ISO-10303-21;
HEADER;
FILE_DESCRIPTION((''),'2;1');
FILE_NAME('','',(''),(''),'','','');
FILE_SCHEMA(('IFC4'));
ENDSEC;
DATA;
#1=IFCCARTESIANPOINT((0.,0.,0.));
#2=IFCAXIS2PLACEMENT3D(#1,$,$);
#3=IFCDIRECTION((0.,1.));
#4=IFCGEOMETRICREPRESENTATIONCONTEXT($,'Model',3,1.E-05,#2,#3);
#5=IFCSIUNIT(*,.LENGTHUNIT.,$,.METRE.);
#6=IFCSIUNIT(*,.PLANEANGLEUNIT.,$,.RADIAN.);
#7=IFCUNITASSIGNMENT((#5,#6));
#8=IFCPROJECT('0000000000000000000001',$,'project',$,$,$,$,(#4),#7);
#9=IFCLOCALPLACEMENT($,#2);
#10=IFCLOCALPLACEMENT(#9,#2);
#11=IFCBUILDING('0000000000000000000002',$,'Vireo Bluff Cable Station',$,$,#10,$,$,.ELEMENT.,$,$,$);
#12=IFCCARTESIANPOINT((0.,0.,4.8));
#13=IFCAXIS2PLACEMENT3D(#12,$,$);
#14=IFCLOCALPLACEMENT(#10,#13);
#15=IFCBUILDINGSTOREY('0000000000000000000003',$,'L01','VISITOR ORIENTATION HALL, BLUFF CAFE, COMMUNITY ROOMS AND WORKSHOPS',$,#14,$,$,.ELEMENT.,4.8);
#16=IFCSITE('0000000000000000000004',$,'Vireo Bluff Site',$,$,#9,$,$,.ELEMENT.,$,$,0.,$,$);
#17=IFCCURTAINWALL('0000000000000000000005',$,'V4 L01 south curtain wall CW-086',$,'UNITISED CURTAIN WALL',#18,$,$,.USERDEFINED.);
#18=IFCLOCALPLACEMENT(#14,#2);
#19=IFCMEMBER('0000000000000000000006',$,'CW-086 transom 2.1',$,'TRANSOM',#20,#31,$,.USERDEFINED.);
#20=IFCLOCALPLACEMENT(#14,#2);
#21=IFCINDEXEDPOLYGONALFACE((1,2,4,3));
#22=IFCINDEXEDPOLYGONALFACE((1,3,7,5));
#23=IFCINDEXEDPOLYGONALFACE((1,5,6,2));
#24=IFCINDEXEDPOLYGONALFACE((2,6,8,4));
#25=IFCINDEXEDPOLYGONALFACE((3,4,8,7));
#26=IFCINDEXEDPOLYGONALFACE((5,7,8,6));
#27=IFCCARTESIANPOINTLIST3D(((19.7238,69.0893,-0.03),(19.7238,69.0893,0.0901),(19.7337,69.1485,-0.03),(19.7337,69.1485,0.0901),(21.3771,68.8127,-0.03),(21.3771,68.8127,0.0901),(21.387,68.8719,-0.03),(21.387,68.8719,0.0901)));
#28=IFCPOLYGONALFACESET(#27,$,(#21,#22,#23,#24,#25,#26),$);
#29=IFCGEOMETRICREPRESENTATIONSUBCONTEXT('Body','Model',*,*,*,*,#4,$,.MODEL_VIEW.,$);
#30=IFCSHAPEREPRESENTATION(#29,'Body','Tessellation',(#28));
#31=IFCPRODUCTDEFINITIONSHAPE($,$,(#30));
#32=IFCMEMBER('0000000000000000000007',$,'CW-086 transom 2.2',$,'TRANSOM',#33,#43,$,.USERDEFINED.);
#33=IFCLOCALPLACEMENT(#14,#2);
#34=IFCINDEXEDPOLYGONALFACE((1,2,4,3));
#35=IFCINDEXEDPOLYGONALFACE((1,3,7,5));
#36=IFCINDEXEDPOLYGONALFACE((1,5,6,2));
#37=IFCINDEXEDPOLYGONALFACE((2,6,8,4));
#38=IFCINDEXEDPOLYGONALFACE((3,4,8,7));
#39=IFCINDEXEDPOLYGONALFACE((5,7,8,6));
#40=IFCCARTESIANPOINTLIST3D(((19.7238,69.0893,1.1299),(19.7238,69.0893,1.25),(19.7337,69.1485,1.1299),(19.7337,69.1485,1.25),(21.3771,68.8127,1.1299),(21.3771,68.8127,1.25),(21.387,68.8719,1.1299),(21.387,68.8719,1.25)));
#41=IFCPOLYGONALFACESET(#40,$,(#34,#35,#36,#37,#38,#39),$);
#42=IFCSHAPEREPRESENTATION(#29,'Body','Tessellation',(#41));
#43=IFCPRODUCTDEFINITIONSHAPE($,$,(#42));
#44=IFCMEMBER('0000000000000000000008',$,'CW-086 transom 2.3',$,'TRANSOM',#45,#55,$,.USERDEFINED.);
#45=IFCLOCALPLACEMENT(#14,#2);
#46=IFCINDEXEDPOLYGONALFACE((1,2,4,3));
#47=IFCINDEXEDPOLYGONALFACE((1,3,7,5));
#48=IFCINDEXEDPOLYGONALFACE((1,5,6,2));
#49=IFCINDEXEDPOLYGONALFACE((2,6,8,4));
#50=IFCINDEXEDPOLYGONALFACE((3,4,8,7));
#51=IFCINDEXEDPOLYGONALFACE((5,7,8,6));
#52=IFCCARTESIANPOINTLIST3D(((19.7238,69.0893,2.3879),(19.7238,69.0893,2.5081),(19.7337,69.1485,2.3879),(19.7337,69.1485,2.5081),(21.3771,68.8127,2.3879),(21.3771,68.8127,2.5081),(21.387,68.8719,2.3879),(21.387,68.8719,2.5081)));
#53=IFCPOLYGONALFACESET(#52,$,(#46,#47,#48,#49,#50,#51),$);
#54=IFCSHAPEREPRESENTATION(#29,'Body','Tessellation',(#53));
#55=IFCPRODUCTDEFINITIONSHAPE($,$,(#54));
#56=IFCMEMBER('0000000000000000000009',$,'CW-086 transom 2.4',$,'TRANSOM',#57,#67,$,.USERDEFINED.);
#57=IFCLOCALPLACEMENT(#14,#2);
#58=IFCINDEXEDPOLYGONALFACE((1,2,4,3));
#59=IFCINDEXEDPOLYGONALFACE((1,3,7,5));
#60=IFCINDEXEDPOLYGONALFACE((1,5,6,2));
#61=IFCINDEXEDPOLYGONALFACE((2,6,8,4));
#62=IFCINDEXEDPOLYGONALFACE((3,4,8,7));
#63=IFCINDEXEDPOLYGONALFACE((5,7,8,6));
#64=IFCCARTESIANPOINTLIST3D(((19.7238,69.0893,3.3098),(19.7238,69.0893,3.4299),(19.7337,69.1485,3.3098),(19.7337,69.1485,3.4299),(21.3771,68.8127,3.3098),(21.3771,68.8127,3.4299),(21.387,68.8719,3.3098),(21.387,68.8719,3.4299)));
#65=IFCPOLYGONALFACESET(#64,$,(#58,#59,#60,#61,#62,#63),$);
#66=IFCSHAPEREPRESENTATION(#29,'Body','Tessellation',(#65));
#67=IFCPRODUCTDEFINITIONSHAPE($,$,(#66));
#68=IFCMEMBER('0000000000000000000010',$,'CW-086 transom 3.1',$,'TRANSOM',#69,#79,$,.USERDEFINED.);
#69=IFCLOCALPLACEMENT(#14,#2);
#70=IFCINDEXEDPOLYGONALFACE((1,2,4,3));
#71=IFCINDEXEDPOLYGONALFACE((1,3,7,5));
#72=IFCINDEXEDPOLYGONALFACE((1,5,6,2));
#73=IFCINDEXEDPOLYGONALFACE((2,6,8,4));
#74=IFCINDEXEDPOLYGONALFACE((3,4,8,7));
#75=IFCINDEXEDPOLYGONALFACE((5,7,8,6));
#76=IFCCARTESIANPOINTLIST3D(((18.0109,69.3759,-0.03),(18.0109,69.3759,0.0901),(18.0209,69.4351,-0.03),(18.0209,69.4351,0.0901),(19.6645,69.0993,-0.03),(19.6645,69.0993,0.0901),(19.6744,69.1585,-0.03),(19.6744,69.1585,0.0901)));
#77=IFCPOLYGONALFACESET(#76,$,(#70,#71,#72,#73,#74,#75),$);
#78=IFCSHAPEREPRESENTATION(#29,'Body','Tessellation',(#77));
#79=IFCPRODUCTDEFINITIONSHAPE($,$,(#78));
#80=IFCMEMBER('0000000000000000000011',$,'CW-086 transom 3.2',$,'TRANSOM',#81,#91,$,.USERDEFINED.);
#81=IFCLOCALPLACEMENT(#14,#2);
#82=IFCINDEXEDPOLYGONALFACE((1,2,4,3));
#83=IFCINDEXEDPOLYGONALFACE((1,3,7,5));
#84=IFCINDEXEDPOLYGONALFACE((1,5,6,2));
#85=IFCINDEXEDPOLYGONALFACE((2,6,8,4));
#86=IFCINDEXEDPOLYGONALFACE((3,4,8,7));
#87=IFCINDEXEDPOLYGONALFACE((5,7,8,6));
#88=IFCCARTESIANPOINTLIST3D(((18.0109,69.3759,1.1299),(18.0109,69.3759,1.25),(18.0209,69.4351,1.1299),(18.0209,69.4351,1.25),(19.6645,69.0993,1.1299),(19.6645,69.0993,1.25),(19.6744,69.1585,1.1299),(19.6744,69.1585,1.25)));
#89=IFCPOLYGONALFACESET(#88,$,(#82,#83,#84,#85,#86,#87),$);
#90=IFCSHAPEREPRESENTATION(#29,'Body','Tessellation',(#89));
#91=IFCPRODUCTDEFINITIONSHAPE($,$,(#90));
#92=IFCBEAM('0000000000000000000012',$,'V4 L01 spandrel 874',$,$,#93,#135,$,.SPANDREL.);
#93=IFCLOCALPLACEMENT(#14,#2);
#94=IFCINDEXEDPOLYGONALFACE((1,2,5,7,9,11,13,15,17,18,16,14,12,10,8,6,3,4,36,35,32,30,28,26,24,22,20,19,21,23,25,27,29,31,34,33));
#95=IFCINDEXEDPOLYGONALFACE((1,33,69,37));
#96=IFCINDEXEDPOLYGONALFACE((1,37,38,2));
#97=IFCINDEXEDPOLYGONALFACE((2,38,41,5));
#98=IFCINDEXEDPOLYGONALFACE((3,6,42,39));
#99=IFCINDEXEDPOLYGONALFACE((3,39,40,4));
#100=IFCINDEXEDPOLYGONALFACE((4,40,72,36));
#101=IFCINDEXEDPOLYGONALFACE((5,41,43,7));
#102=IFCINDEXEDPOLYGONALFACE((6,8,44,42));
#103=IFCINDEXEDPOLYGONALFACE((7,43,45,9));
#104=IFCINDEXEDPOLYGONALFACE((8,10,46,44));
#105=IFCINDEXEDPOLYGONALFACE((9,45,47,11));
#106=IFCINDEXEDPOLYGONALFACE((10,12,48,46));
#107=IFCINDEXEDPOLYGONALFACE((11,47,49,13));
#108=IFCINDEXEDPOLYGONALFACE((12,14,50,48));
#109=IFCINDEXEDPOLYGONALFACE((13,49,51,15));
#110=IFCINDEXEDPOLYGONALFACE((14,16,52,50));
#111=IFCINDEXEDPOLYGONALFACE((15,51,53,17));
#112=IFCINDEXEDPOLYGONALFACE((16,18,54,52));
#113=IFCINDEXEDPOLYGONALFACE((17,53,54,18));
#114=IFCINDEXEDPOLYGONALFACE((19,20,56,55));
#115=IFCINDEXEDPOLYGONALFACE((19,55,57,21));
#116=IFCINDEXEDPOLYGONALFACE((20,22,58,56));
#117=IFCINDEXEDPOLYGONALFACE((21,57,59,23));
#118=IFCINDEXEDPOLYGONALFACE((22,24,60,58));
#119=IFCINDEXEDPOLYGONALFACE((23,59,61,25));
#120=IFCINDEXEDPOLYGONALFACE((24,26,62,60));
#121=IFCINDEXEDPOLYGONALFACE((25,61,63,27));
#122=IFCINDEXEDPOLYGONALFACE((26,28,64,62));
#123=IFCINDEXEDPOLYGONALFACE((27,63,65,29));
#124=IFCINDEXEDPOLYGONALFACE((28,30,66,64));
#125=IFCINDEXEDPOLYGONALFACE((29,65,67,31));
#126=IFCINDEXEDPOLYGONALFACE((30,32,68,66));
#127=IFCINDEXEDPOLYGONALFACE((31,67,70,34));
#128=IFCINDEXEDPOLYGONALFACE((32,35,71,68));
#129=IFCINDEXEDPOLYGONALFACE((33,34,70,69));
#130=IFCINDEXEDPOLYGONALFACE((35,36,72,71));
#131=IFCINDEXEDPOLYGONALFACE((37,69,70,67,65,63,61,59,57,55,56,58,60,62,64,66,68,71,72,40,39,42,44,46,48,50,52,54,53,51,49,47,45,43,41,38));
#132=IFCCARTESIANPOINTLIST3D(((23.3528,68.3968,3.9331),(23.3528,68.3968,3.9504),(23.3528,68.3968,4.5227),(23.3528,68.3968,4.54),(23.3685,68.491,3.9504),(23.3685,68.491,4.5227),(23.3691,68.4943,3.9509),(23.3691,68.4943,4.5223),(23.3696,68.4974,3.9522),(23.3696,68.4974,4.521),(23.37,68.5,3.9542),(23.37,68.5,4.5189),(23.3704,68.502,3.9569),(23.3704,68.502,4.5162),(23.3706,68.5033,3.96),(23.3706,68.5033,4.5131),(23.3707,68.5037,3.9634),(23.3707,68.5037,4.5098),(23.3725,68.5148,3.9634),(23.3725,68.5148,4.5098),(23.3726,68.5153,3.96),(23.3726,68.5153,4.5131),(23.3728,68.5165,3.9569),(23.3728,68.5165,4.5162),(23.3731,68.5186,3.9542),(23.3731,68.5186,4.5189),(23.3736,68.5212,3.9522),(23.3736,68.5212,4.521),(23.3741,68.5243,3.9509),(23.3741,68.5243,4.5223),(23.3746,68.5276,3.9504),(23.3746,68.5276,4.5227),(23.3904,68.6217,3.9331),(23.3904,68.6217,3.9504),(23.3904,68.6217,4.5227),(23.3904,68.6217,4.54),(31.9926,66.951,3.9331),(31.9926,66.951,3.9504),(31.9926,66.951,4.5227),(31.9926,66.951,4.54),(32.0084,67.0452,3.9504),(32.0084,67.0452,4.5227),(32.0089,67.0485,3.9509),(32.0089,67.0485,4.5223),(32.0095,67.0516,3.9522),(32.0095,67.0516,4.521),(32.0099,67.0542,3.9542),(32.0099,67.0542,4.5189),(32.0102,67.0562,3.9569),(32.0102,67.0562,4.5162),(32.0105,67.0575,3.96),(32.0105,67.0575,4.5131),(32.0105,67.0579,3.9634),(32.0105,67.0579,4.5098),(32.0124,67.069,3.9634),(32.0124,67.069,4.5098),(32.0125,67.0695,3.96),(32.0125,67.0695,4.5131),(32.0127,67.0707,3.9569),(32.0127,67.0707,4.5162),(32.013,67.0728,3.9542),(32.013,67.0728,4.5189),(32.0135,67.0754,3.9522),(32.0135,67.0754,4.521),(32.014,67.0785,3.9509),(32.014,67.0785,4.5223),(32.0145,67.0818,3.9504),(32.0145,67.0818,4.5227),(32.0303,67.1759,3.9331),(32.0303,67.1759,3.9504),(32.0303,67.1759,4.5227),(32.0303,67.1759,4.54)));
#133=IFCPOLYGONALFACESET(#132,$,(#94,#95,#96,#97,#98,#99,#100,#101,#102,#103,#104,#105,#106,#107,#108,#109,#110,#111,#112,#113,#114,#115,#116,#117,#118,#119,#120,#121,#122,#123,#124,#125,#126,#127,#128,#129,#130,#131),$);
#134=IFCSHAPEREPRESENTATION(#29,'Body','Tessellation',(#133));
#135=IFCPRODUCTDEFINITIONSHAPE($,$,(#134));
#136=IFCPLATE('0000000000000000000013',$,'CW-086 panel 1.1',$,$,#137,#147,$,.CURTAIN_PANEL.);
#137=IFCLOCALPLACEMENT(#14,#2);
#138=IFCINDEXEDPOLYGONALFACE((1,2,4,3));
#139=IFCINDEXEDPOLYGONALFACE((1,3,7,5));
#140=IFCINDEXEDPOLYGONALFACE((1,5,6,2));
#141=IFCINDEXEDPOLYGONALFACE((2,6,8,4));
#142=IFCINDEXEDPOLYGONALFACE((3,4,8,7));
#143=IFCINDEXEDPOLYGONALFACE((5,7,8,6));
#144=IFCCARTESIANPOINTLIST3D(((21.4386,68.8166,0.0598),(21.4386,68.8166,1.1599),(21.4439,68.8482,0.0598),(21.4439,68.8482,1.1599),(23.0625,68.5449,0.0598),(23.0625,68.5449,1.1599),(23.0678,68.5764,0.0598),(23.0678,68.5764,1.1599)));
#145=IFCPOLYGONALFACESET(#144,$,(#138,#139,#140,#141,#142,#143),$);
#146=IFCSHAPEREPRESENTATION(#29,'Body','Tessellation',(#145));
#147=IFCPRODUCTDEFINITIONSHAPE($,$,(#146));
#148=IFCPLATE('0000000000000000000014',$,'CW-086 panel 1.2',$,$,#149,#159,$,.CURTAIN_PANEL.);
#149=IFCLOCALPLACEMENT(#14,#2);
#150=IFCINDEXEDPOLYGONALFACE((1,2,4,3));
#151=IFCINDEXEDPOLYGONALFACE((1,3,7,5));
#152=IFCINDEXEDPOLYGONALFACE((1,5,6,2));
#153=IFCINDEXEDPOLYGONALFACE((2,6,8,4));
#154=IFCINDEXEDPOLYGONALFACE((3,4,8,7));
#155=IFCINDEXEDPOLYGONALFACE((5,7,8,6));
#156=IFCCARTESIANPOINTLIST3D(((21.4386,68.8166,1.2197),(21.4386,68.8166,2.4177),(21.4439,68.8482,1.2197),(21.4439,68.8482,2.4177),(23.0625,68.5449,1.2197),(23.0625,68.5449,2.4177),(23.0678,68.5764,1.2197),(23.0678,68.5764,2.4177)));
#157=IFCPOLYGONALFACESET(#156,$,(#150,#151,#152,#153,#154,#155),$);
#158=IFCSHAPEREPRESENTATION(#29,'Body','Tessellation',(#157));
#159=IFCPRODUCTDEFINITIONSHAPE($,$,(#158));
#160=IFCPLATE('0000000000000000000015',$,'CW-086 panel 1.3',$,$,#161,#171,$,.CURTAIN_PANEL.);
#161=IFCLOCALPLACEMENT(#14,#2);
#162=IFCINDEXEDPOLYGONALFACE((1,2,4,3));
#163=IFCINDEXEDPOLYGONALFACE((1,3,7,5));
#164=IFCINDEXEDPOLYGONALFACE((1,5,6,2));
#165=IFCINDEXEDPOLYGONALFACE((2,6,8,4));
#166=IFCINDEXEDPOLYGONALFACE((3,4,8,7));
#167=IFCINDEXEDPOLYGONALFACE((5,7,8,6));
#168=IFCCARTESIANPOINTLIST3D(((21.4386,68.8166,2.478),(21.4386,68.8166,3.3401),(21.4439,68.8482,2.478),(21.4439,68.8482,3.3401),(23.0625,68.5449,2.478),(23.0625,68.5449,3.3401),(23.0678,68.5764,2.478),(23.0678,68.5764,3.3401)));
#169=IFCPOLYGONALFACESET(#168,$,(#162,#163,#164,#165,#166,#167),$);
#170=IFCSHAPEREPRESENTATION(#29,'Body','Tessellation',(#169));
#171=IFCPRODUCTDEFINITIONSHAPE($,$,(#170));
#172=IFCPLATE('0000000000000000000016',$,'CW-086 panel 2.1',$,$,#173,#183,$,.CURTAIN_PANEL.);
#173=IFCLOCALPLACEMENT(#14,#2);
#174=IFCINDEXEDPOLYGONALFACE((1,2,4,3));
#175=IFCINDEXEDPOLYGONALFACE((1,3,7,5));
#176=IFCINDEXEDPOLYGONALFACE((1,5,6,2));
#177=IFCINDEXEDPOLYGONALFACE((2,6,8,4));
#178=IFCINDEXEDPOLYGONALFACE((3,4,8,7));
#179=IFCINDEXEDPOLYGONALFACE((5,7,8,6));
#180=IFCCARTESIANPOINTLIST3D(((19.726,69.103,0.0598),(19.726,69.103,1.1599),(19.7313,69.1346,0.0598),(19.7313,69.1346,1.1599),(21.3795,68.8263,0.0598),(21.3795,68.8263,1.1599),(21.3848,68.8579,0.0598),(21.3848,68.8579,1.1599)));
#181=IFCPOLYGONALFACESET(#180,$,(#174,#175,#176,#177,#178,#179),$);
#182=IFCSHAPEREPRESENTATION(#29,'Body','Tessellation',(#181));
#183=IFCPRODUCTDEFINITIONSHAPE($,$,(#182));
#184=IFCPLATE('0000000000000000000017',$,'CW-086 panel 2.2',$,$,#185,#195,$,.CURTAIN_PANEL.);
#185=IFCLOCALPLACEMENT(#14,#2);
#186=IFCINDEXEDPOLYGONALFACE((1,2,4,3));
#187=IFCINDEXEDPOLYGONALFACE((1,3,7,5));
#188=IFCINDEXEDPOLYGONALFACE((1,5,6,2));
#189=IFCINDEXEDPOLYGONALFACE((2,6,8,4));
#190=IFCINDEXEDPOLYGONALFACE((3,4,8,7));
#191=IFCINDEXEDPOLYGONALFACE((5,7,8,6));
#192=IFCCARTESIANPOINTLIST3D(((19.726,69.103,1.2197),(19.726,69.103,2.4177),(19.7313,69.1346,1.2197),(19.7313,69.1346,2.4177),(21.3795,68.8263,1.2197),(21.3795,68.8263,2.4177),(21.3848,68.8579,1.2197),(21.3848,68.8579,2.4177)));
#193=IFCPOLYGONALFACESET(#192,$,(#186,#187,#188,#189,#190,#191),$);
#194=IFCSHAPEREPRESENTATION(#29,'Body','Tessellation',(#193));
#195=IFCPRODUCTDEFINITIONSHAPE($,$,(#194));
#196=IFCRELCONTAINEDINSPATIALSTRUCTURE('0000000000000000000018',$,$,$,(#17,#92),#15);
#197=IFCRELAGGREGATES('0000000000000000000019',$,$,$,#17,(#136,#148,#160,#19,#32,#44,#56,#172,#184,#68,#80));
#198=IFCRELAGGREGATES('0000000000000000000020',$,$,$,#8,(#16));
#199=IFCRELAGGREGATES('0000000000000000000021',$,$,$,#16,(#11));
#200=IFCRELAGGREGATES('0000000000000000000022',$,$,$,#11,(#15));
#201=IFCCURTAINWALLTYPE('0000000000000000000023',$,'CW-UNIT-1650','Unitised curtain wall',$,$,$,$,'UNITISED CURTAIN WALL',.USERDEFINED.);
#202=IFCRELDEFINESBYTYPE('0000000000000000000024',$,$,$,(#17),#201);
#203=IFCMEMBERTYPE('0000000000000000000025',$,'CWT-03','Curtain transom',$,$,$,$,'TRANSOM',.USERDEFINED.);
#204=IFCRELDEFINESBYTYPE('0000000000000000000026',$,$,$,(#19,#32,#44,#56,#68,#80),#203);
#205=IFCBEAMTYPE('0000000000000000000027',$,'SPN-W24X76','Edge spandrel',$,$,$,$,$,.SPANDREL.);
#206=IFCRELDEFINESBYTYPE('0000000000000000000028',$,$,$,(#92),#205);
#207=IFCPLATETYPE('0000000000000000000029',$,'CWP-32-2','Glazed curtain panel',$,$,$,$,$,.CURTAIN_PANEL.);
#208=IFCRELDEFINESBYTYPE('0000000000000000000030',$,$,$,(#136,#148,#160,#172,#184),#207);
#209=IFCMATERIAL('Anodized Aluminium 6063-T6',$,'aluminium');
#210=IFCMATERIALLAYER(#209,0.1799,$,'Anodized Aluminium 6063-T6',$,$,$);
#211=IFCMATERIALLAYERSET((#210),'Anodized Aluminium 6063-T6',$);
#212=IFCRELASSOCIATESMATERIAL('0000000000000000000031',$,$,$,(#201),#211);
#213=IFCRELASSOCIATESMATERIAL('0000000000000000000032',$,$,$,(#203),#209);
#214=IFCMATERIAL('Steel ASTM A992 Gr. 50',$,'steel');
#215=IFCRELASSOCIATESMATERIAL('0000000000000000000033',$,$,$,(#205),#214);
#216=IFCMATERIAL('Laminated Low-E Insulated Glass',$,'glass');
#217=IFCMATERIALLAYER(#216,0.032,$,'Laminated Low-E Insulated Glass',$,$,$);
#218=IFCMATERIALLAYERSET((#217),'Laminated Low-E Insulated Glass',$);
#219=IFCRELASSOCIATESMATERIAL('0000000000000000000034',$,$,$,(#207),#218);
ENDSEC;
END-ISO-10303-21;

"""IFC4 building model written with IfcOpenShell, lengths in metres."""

from ifc_helpers import new_model, si_unit, direction, frame, origin, origin_2d, place, context, subcontext, project, spatial, rectangle, i_section, extrude, material, layer, layer_set, material_profile, profile_set, type_object, element, aggregate, save


model = new_model("IFC4")

# Units and contexts
model_context = context("Model", 3, precision=1e-05, world=origin(), true_north=direction((0.0, 1.0)))
body_context = subcontext(model_context, "Body", "Model", "MODEL_VIEW")
ifc_project = project(units=[si_unit("LENGTHUNIT", "METRE"), si_unit("PLANEANGLEUNIT", "RADIAN")], contexts=[model_context])

# Site, building, storey
site_placement = place(None, origin())
site = spatial("IfcSite", under=ifc_project, at=site_placement, Name="Vireo Bluff Site", CompositionType="ELEMENT", RefElevation=0.0)
building_placement = place(site_placement, origin())
building = spatial("IfcBuilding", under=site, at=building_placement, Name="Vireo Bluff Cable Station", CompositionType="ELEMENT")
storey_placement = place(building_placement, frame((0.0, 0.0, 4.8)))
storey = spatial("IfcBuildingStorey", under=building, at=storey_placement, Name="L01", Description="VISITOR ORIENTATION HALL, BLUFF CAFE, COMMUNITY ROOMS AND WORKSHOPS", CompositionType="ELEMENT", Elevation=4.8)

# Shared definitions
ifc_material_1 = material(Name="Steel ASTM A992 Gr. 50", Category="steel")

# Curtain wall, members
ifc_material_2 = material(Name="Anodized Aluminium 6063-T6", Category="aluminium")
ifc_layer_1 = layer(ifc_material_2, 0.1799, Name="Anodized Aluminium 6063-T6")
ifc_layer_set_1 = layer_set([ifc_layer_1], Name="Anodized Aluminium 6063-T6")
curtain_wall_type = type_object("IfcCurtainWallType", Name="CW-UNIT-1650", Description="Unitised curtain wall", ElementType="UNITISED CURTAIN WALL", PredefinedType="USERDEFINED", material=ifc_layer_set_1)
curtain_wall_placement = place(storey_placement, origin())
curtain_wall = element("IfcCurtainWall", 1, at=curtain_wall_placement, inside=storey, type_object=curtain_wall_type, Name="V4 L01 south curtain wall CW-086", ObjectType="UNITISED CURTAIN WALL", PredefinedType="USERDEFINED")
ifc_material_profile_1 = material_profile(ifc_material_2, rectangle(XDim=0.0601, YDim=0.1201, at=origin_2d()), Name="ALU-T-60X120")
ifc_profile_set_1 = profile_set([ifc_material_profile_1], Name="Anodized Aluminium 6063-T6")
member_type_1 = type_object("IfcMemberType", Name="CWT-03", Description="Curtain transom", ElementType="TRANSOM", PredefinedType="USERDEFINED", material=ifc_profile_set_1)
member_1_placement = place(storey_placement, frame((21.3821, 68.8423, 0.03), z_axis=(-0.986291, 0.165013, 0.0), x_axis=(-0.165013, -0.986291, 0.0)))
member_1 = element("IfcMember", 2, at=member_1_placement, type_object=member_type_1, Name="CW-086 transom 2.1", ObjectType="TRANSOM", PredefinedType="USERDEFINED", context=body_context, shape_type="SweptSolid", body=[
    extrude(rectangle(XDim=0.0601, YDim=0.1201, at=origin_2d()), origin(), (0.0, 0.0, 1.0), 1.6763),
])
member_2_placement = place(storey_placement, frame((21.3821, 68.8423, 1.1899), z_axis=(-0.986291, 0.165013, 0.0), x_axis=(-0.165013, -0.986291, 0.0)))
member_2 = element("IfcMember", 3, at=member_2_placement, type_object=member_type_1, Name="CW-086 transom 2.2", ObjectType="TRANSOM", PredefinedType="USERDEFINED", context=body_context, shape_type="SweptSolid", body=[
    extrude(rectangle(XDim=0.0601, YDim=0.1201, at=origin_2d()), origin(), (0.0, 0.0, 1.0), 1.6763),
])
member_3_placement = place(storey_placement, frame((21.3821, 68.8423, 2.448), z_axis=(-0.986291, 0.165013, 0.0), x_axis=(-0.165013, -0.986291, 0.0)))
member_3 = element("IfcMember", 4, at=member_3_placement, type_object=member_type_1, Name="CW-086 transom 2.3", ObjectType="TRANSOM", PredefinedType="USERDEFINED", context=body_context, shape_type="SweptSolid", body=[
    extrude(rectangle(XDim=0.0601, YDim=0.1201, at=origin_2d()), origin(), (0.0, 0.0, 1.0), 1.6763),
])
member_4_placement = place(storey_placement, frame((21.3821, 68.8423, 3.3699), z_axis=(-0.986291, 0.165013, 0.0), x_axis=(-0.165013, -0.986291, 0.0)))
member_4 = element("IfcMember", 5, at=member_4_placement, type_object=member_type_1, Name="CW-086 transom 2.4", ObjectType="TRANSOM", PredefinedType="USERDEFINED", context=body_context, shape_type="SweptSolid", body=[
    extrude(rectangle(XDim=0.0601, YDim=0.1201, at=origin_2d()), origin(), (0.0, 0.0, 1.0), 1.6763),
])
member_5_placement = place(storey_placement, frame((19.6694, 69.1289, 0.03), z_axis=(-0.986295, 0.164989, 0.0), x_axis=(-0.164989, -0.986295, 0.0)))
member_5 = element("IfcMember", 6, at=member_5_placement, type_object=member_type_1, Name="CW-086 transom 3.1", ObjectType="TRANSOM", PredefinedType="USERDEFINED", context=body_context, shape_type="SweptSolid", body=[
    extrude(rectangle(XDim=0.0601, YDim=0.1201, at=origin_2d()), origin(), (0.0, 0.0, 1.0), 1.6765),
])
member_6_placement = place(storey_placement, frame((19.6694, 69.1289, 1.1899), z_axis=(-0.986295, 0.164989, 0.0), x_axis=(-0.164989, -0.986295, 0.0)))
member_6 = element("IfcMember", 7, at=member_6_placement, type_object=member_type_1, Name="CW-086 transom 3.2", ObjectType="TRANSOM", PredefinedType="USERDEFINED", context=body_context, shape_type="SweptSolid", body=[
    extrude(rectangle(XDim=0.0601, YDim=0.1201, at=origin_2d()), origin(), (0.0, 0.0, 1.0), 1.6765),
])

# Beam
ifc_material_profile_2 = material_profile(ifc_material_1, i_section(OverallWidth=0.228, OverallDepth=0.6069, WebThickness=0.0112, FlangeThickness=0.0173, FilletRadius=0.0129, at=origin_2d()), Name="W24X76")
ifc_profile_set_2 = profile_set([ifc_material_profile_2], Name="Steel ASTM A992 Gr. 50")
beam_type_1 = type_object("IfcBeamType", Name="SPN-W24X76", Description="Edge spandrel", PredefinedType="SPANDREL", material=ifc_profile_set_2)
beam_1_placement = place(storey_placement, frame((23.3716, 68.5093, 4.2366), z_axis=(0.986286, -0.165045, 0.0), x_axis=(0.165045, 0.986286, 0.0)))
element("IfcBeam", 8, at=beam_1_placement, inside=storey, type_object=beam_type_1, Name="V4 L01 spandrel 874", PredefinedType="SPANDREL", context=body_context, shape_type="SweptSolid", body=[
    extrude(i_section(OverallWidth=0.228, OverallDepth=0.6069, WebThickness=0.0112, FlangeThickness=0.0173, FilletRadius=0.0129, at=origin_2d()), origin(), (0.0, 0.0, 1.0), 8.76),
])

# Plates
ifc_material_3 = material(Name="Laminated Low-E Insulated Glass", Category="glass")
ifc_layer_2 = layer(ifc_material_3, 0.032, Name="Laminated Low-E Insulated Glass")
ifc_layer_set_2 = layer_set([ifc_layer_2], Name="Laminated Low-E Insulated Glass")
plate_type = type_object("IfcPlateType", Name="CWP-32-2", Description="Glazed curtain panel", PredefinedType="CURTAIN_PANEL", material=ifc_layer_set_2)
plate_1_placement = place(storey_placement, frame((22.2532, 68.6965, 0.0598), z_axis=(0.0, 0.0, 1.0), x_axis=(-0.986286, 0.165048, 0.0)))
plate_1 = element("IfcPlate", 9, at=plate_1_placement, type_object=plate_type, Name="CW-086 panel 1.1", PredefinedType="CURTAIN_PANEL", context=body_context, shape_type="SweptSolid", body=[
    extrude(rectangle(XDim=1.6465, YDim=0.032, at=origin_2d()), origin(), (0.0, 0.0, 1.0), 1.1001),
])
plate_2_placement = place(storey_placement, frame((22.2532, 68.6965, 1.2197), z_axis=(0.0, 0.0, 1.0), x_axis=(-0.986286, 0.165048, 0.0)))
plate_2 = element("IfcPlate", 10, at=plate_2_placement, type_object=plate_type, Name="CW-086 panel 1.2", PredefinedType="CURTAIN_PANEL", context=body_context, shape_type="SweptSolid", body=[
    extrude(rectangle(XDim=1.6465, YDim=0.032, at=origin_2d()), origin(), (0.0, 0.0, 1.0), 1.198),
])
plate_3_placement = place(storey_placement, frame((22.2532, 68.6965, 2.478), z_axis=(0.0, 0.0, 1.0), x_axis=(-0.986286, 0.165048, 0.0)))
plate_3 = element("IfcPlate", 11, at=plate_3_placement, type_object=plate_type, Name="CW-086 panel 1.3", PredefinedType="CURTAIN_PANEL", context=body_context, shape_type="SweptSolid", body=[
    extrude(rectangle(XDim=1.6465, YDim=0.032, at=origin_2d()), origin(), (0.0, 0.0, 1.0), 0.8621),
])
plate_4_placement = place(storey_placement, frame((20.5554, 68.9805, 0.0598), z_axis=(0.0, 0.0, 1.0), x_axis=(-0.986286, 0.165048, 0.0)))
plate_4 = element("IfcPlate", 12, at=plate_4_placement, type_object=plate_type, Name="CW-086 panel 2.1", PredefinedType="CURTAIN_PANEL", context=body_context, shape_type="SweptSolid", body=[
    extrude(rectangle(XDim=1.6765, YDim=0.032, at=origin_2d()), origin(), (0.0, 0.0, 1.0), 1.1001),
])
plate_5_placement = place(storey_placement, frame((20.5554, 68.9805, 1.2197), z_axis=(0.0, 0.0, 1.0), x_axis=(-0.986286, 0.165048, 0.0)))
plate_5 = element("IfcPlate", 13, at=plate_5_placement, type_object=plate_type, Name="CW-086 panel 2.2", PredefinedType="CURTAIN_PANEL", context=body_context, shape_type="SweptSolid", body=[
    extrude(rectangle(XDim=1.6765, YDim=0.032, at=origin_2d()), origin(), (0.0, 0.0, 1.0), 1.198),
])
aggregate(curtain_wall, [plate_1, plate_2, plate_3, member_1, member_2, member_3, member_4, plate_4, plate_5, member_5, member_6])

save(model, "model.ifc")
